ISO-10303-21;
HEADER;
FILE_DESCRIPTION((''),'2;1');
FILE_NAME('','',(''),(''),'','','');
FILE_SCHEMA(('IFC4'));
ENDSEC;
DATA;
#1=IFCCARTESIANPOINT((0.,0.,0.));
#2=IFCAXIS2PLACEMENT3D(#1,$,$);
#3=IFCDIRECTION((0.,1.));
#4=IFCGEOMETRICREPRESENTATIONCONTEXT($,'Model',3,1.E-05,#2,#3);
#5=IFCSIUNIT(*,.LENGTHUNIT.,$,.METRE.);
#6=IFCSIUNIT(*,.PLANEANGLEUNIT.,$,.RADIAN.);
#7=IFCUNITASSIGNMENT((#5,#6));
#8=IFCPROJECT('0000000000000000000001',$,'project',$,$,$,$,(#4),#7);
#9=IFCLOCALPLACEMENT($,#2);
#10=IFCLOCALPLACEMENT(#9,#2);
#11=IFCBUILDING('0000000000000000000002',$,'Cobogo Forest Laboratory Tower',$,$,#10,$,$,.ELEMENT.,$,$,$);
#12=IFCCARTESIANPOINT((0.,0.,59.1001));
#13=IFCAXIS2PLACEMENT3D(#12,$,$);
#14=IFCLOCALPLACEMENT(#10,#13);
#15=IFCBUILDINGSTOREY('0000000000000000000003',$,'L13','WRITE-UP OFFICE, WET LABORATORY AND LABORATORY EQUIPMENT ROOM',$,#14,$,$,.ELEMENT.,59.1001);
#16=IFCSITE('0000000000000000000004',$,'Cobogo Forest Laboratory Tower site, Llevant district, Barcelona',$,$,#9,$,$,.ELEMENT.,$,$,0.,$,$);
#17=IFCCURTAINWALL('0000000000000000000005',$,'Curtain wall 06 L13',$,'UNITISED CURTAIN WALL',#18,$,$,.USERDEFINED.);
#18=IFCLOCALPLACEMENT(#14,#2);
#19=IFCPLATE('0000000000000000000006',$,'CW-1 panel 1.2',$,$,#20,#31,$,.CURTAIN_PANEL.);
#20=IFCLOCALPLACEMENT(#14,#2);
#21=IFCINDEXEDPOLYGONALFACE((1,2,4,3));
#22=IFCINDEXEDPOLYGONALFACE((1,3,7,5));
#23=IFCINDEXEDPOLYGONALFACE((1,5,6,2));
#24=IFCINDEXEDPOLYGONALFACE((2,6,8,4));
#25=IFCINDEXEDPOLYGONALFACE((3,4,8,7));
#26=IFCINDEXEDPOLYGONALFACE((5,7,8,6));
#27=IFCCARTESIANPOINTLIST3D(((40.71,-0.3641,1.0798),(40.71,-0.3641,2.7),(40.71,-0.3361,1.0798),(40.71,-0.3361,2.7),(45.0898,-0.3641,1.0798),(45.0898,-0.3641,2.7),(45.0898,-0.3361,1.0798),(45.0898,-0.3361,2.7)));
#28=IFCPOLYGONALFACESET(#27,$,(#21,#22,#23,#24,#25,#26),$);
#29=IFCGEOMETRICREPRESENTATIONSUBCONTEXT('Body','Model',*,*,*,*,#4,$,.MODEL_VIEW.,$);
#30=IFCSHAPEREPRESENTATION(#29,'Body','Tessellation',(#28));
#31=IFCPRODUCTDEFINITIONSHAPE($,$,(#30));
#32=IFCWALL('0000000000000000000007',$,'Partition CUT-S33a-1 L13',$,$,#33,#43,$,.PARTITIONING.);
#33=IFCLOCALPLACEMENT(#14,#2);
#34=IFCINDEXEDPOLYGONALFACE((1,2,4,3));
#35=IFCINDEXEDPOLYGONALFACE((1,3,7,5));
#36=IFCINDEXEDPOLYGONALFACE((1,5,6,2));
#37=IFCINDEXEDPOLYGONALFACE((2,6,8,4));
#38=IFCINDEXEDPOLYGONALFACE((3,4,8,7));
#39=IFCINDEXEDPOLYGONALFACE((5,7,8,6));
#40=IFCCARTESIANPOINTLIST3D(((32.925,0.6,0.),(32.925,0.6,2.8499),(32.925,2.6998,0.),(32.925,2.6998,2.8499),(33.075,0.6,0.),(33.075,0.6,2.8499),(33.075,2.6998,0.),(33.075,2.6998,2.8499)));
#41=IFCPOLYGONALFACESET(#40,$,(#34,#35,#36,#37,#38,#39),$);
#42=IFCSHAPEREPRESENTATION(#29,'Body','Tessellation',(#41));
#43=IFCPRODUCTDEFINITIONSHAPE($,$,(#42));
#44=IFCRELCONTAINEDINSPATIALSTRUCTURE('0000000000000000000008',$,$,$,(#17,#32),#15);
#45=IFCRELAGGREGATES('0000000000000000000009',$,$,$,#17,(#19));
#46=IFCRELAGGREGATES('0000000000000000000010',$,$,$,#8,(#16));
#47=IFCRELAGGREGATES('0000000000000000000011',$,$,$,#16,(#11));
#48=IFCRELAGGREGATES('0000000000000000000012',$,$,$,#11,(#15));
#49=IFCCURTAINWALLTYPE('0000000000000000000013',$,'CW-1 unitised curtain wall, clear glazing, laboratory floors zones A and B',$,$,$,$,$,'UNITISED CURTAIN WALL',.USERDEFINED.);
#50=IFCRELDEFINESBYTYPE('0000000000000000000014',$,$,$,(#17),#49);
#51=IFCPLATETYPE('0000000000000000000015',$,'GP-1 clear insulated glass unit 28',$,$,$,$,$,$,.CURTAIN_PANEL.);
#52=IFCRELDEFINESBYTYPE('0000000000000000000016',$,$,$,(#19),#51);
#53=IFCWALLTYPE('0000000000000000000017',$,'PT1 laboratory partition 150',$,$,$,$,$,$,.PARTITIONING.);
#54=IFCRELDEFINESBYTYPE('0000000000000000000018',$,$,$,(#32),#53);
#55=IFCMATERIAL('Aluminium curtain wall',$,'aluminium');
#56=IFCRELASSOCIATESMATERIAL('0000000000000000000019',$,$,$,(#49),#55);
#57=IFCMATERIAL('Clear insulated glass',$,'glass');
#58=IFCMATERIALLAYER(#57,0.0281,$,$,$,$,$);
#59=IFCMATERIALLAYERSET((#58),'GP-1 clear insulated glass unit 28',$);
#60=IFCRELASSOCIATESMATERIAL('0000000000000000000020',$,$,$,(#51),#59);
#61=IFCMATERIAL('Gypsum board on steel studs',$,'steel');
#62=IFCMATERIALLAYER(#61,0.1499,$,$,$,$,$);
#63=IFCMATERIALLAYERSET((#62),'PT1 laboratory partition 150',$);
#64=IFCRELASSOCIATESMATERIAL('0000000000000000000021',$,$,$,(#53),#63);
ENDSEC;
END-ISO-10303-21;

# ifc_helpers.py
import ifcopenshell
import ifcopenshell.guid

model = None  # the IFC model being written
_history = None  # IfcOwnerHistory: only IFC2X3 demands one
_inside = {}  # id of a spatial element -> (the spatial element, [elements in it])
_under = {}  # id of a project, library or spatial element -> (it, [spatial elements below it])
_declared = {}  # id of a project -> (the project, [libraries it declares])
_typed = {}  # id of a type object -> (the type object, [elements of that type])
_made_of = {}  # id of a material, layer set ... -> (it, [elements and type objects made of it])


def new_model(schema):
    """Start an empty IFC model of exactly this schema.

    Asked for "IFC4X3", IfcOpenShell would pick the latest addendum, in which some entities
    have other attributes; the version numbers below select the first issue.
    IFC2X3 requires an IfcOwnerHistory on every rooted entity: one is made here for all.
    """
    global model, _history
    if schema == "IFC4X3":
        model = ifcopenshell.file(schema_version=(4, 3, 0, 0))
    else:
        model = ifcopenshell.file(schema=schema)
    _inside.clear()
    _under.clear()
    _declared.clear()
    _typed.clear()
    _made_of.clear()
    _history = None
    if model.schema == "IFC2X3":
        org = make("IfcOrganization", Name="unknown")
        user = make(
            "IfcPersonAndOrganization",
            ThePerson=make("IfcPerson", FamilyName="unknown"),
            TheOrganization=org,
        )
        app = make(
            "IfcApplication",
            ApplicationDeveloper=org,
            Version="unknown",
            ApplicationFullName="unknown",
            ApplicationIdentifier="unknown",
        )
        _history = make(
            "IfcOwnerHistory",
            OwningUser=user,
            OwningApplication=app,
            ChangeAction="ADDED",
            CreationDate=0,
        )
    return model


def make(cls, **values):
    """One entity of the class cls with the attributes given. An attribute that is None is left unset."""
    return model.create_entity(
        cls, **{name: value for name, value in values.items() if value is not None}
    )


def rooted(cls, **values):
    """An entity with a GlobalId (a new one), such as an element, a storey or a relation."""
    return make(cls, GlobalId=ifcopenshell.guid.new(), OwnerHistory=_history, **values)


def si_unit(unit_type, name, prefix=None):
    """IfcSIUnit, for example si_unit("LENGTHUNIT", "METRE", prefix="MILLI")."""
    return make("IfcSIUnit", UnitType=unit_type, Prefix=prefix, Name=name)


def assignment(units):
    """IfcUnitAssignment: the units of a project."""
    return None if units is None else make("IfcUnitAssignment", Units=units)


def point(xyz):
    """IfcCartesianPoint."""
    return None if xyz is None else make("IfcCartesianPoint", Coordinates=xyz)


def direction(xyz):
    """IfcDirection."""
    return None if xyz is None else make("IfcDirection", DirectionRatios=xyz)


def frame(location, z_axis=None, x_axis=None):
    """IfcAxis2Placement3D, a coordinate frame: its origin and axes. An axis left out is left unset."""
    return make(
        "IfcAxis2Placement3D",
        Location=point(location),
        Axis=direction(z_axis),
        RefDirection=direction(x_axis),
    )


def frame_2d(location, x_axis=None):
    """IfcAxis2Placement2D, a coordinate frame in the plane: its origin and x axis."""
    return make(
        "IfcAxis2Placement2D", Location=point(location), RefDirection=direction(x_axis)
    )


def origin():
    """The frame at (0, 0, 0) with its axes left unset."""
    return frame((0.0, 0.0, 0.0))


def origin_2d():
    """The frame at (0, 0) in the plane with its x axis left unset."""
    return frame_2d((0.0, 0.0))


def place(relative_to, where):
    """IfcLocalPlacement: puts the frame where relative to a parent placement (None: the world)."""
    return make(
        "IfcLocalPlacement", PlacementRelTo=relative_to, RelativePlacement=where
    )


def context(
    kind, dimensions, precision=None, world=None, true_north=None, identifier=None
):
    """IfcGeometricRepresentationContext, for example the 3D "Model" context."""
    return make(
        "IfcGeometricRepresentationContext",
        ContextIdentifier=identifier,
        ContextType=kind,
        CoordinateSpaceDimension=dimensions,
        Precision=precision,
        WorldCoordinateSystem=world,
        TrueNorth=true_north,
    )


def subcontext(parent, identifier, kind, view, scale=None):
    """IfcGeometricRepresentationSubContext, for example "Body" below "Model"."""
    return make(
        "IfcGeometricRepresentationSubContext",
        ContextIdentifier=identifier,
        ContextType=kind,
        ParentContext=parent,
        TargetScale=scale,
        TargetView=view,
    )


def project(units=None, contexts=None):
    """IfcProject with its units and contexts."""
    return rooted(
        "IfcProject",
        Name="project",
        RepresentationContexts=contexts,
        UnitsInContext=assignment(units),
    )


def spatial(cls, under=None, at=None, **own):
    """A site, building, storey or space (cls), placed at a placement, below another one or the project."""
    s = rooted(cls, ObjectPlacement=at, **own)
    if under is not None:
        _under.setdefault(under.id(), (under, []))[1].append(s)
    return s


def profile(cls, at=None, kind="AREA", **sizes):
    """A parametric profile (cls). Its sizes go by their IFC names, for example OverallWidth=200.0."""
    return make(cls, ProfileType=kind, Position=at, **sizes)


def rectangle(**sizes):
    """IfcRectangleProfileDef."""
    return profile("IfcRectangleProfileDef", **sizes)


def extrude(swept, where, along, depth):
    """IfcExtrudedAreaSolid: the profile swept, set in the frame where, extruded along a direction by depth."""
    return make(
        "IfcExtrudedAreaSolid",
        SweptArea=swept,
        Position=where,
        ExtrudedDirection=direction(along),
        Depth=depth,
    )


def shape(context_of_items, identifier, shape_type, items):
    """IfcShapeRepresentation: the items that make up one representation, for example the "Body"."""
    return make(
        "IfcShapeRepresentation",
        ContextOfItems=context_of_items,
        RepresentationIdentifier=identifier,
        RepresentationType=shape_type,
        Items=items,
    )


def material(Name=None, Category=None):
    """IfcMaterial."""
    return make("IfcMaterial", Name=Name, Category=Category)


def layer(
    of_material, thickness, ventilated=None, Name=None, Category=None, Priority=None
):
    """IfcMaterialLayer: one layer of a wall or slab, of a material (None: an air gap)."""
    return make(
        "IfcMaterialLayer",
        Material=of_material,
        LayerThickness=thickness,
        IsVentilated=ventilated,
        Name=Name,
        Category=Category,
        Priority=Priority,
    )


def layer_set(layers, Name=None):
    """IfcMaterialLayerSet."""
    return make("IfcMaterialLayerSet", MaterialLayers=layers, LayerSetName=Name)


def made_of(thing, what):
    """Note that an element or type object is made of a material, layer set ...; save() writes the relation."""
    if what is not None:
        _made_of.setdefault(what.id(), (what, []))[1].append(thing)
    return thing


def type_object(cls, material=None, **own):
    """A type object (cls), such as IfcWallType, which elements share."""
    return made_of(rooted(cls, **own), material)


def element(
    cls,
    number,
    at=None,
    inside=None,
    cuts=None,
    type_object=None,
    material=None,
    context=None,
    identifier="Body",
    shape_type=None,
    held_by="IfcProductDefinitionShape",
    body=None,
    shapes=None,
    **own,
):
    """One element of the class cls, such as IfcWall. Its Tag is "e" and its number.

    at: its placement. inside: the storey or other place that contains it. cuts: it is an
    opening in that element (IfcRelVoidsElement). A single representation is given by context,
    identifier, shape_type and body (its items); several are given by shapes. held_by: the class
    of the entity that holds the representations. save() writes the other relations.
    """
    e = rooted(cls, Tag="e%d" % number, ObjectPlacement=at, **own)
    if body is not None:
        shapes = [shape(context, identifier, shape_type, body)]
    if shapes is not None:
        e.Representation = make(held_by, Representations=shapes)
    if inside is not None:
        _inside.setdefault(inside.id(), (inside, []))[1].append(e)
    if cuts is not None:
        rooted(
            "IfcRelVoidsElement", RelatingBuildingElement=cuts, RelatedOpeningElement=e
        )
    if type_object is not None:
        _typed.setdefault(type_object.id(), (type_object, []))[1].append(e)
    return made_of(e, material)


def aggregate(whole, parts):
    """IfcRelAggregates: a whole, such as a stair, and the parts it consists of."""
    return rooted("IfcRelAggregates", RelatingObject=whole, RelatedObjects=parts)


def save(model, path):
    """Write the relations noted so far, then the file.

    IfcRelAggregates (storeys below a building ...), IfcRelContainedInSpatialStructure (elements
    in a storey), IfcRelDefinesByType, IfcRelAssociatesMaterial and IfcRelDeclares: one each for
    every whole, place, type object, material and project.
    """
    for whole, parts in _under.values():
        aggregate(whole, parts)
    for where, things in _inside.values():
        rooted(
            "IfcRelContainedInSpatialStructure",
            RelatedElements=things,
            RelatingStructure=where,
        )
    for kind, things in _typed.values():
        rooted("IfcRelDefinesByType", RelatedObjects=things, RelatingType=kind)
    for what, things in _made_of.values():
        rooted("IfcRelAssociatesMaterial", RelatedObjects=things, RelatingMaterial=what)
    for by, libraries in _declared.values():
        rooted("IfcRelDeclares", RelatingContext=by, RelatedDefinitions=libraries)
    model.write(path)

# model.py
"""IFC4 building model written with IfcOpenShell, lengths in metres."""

from ifc_helpers import new_model, si_unit, direction, frame, frame_2d, origin, origin_2d, place, context, subcontext, project, spatial, rectangle, extrude, material, layer, layer_set, type_object, element, aggregate, save


model = new_model("IFC4")

# Units and contexts
model_context = context("Model", 3, precision=1e-05, world=origin(), true_north=direction((0.0, 1.0)))
body_context = subcontext(model_context, "Body", "Model", "MODEL_VIEW")
ifc_project = project(units=[si_unit("LENGTHUNIT", "METRE"), si_unit("PLANEANGLEUNIT", "RADIAN")], contexts=[model_context])

# Site, building, storey
site_placement = place(None, origin())
site = spatial("IfcSite", under=ifc_project, at=site_placement, Name="Cobogo Forest Laboratory Tower site, Llevant district, Barcelona", CompositionType="ELEMENT", RefElevation=0.0)
building_placement = place(site_placement, origin())
building = spatial("IfcBuilding", under=site, at=building_placement, Name="Cobogo Forest Laboratory Tower", CompositionType="ELEMENT")
storey_placement = place(building_placement, frame((0.0, 0.0, 59.1001)))
storey = spatial("IfcBuildingStorey", under=building, at=storey_placement, Name="L13", Description="WRITE-UP OFFICE, WET LABORATORY AND LABORATORY EQUIPMENT ROOM", CompositionType="ELEMENT", Elevation=59.1001)

# Curtain wall
ifc_material_1 = material(Name="Aluminium curtain wall", Category="aluminium")
curtain_wall_type = type_object("IfcCurtainWallType", Name="CW-1 unitised curtain wall, clear glazing, laboratory floors zones A and B", ElementType="UNITISED CURTAIN WALL", PredefinedType="USERDEFINED", material=ifc_material_1)
curtain_wall_1_placement = place(storey_placement, origin())
curtain_wall_1 = element("IfcCurtainWall", 1, at=curtain_wall_1_placement, inside=storey, type_object=curtain_wall_type, Name="Curtain wall 06 L13", ObjectType="UNITISED CURTAIN WALL", PredefinedType="USERDEFINED")

# Plate
ifc_material_2 = material(Name="Clear insulated glass", Category="glass")
ifc_layer_1 = layer(ifc_material_2, 0.0281)
ifc_layer_set_1 = layer_set([ifc_layer_1], Name="GP-1 clear insulated glass unit 28")
plate_type_1 = type_object("IfcPlateType", Name="GP-1 clear insulated glass unit 28", PredefinedType="CURTAIN_PANEL", material=ifc_layer_set_1)
plate_1_placement = place(storey_placement, frame((42.8999, -0.3501, 1.0798), z_axis=(0.0, 0.0, 1.0), x_axis=(1.0, 0.0, 0.0)))
plate_1 = element("IfcPlate", 2, at=plate_1_placement, type_object=plate_type_1, Name="CW-1 panel 1.2", PredefinedType="CURTAIN_PANEL", context=body_context, shape_type="SweptSolid", body=[
    extrude(rectangle(XDim=4.3799, YDim=0.0281, at=origin_2d()), origin(), (0.0, 0.0, 1.0), 1.6201),
])
aggregate(curtain_wall_1, [plate_1])

# Wall
ifc_material_3 = material(Name="Gypsum board on steel studs", Category="steel")
ifc_layer_2 = layer(ifc_material_3, 0.1499)
ifc_layer_set_2 = layer_set([ifc_layer_2], Name="PT1 laboratory partition 150")
wall_type = type_object("IfcWallType", Name="PT1 laboratory partition 150", PredefinedType="PARTITIONING", material=ifc_layer_set_2)
wall_placement = place(storey_placement, frame((33.0, 0.6001, 0.0), z_axis=(0.0, 0.0, 1.0), x_axis=(0.0, 1.0, 0.0)))
element("IfcWall", 3, at=wall_placement, inside=storey, type_object=wall_type, Name="Partition CUT-S33a-1 L13", PredefinedType="PARTITIONING", context=body_context, shape_type="SweptSolid", body=[
    extrude(rectangle(XDim=2.0999, YDim=0.1499, at=frame_2d((1.0498, 0.0))), origin(), (0.0, 0.0, 1.0), 2.8499),
])

save(model, "model.ifc")
